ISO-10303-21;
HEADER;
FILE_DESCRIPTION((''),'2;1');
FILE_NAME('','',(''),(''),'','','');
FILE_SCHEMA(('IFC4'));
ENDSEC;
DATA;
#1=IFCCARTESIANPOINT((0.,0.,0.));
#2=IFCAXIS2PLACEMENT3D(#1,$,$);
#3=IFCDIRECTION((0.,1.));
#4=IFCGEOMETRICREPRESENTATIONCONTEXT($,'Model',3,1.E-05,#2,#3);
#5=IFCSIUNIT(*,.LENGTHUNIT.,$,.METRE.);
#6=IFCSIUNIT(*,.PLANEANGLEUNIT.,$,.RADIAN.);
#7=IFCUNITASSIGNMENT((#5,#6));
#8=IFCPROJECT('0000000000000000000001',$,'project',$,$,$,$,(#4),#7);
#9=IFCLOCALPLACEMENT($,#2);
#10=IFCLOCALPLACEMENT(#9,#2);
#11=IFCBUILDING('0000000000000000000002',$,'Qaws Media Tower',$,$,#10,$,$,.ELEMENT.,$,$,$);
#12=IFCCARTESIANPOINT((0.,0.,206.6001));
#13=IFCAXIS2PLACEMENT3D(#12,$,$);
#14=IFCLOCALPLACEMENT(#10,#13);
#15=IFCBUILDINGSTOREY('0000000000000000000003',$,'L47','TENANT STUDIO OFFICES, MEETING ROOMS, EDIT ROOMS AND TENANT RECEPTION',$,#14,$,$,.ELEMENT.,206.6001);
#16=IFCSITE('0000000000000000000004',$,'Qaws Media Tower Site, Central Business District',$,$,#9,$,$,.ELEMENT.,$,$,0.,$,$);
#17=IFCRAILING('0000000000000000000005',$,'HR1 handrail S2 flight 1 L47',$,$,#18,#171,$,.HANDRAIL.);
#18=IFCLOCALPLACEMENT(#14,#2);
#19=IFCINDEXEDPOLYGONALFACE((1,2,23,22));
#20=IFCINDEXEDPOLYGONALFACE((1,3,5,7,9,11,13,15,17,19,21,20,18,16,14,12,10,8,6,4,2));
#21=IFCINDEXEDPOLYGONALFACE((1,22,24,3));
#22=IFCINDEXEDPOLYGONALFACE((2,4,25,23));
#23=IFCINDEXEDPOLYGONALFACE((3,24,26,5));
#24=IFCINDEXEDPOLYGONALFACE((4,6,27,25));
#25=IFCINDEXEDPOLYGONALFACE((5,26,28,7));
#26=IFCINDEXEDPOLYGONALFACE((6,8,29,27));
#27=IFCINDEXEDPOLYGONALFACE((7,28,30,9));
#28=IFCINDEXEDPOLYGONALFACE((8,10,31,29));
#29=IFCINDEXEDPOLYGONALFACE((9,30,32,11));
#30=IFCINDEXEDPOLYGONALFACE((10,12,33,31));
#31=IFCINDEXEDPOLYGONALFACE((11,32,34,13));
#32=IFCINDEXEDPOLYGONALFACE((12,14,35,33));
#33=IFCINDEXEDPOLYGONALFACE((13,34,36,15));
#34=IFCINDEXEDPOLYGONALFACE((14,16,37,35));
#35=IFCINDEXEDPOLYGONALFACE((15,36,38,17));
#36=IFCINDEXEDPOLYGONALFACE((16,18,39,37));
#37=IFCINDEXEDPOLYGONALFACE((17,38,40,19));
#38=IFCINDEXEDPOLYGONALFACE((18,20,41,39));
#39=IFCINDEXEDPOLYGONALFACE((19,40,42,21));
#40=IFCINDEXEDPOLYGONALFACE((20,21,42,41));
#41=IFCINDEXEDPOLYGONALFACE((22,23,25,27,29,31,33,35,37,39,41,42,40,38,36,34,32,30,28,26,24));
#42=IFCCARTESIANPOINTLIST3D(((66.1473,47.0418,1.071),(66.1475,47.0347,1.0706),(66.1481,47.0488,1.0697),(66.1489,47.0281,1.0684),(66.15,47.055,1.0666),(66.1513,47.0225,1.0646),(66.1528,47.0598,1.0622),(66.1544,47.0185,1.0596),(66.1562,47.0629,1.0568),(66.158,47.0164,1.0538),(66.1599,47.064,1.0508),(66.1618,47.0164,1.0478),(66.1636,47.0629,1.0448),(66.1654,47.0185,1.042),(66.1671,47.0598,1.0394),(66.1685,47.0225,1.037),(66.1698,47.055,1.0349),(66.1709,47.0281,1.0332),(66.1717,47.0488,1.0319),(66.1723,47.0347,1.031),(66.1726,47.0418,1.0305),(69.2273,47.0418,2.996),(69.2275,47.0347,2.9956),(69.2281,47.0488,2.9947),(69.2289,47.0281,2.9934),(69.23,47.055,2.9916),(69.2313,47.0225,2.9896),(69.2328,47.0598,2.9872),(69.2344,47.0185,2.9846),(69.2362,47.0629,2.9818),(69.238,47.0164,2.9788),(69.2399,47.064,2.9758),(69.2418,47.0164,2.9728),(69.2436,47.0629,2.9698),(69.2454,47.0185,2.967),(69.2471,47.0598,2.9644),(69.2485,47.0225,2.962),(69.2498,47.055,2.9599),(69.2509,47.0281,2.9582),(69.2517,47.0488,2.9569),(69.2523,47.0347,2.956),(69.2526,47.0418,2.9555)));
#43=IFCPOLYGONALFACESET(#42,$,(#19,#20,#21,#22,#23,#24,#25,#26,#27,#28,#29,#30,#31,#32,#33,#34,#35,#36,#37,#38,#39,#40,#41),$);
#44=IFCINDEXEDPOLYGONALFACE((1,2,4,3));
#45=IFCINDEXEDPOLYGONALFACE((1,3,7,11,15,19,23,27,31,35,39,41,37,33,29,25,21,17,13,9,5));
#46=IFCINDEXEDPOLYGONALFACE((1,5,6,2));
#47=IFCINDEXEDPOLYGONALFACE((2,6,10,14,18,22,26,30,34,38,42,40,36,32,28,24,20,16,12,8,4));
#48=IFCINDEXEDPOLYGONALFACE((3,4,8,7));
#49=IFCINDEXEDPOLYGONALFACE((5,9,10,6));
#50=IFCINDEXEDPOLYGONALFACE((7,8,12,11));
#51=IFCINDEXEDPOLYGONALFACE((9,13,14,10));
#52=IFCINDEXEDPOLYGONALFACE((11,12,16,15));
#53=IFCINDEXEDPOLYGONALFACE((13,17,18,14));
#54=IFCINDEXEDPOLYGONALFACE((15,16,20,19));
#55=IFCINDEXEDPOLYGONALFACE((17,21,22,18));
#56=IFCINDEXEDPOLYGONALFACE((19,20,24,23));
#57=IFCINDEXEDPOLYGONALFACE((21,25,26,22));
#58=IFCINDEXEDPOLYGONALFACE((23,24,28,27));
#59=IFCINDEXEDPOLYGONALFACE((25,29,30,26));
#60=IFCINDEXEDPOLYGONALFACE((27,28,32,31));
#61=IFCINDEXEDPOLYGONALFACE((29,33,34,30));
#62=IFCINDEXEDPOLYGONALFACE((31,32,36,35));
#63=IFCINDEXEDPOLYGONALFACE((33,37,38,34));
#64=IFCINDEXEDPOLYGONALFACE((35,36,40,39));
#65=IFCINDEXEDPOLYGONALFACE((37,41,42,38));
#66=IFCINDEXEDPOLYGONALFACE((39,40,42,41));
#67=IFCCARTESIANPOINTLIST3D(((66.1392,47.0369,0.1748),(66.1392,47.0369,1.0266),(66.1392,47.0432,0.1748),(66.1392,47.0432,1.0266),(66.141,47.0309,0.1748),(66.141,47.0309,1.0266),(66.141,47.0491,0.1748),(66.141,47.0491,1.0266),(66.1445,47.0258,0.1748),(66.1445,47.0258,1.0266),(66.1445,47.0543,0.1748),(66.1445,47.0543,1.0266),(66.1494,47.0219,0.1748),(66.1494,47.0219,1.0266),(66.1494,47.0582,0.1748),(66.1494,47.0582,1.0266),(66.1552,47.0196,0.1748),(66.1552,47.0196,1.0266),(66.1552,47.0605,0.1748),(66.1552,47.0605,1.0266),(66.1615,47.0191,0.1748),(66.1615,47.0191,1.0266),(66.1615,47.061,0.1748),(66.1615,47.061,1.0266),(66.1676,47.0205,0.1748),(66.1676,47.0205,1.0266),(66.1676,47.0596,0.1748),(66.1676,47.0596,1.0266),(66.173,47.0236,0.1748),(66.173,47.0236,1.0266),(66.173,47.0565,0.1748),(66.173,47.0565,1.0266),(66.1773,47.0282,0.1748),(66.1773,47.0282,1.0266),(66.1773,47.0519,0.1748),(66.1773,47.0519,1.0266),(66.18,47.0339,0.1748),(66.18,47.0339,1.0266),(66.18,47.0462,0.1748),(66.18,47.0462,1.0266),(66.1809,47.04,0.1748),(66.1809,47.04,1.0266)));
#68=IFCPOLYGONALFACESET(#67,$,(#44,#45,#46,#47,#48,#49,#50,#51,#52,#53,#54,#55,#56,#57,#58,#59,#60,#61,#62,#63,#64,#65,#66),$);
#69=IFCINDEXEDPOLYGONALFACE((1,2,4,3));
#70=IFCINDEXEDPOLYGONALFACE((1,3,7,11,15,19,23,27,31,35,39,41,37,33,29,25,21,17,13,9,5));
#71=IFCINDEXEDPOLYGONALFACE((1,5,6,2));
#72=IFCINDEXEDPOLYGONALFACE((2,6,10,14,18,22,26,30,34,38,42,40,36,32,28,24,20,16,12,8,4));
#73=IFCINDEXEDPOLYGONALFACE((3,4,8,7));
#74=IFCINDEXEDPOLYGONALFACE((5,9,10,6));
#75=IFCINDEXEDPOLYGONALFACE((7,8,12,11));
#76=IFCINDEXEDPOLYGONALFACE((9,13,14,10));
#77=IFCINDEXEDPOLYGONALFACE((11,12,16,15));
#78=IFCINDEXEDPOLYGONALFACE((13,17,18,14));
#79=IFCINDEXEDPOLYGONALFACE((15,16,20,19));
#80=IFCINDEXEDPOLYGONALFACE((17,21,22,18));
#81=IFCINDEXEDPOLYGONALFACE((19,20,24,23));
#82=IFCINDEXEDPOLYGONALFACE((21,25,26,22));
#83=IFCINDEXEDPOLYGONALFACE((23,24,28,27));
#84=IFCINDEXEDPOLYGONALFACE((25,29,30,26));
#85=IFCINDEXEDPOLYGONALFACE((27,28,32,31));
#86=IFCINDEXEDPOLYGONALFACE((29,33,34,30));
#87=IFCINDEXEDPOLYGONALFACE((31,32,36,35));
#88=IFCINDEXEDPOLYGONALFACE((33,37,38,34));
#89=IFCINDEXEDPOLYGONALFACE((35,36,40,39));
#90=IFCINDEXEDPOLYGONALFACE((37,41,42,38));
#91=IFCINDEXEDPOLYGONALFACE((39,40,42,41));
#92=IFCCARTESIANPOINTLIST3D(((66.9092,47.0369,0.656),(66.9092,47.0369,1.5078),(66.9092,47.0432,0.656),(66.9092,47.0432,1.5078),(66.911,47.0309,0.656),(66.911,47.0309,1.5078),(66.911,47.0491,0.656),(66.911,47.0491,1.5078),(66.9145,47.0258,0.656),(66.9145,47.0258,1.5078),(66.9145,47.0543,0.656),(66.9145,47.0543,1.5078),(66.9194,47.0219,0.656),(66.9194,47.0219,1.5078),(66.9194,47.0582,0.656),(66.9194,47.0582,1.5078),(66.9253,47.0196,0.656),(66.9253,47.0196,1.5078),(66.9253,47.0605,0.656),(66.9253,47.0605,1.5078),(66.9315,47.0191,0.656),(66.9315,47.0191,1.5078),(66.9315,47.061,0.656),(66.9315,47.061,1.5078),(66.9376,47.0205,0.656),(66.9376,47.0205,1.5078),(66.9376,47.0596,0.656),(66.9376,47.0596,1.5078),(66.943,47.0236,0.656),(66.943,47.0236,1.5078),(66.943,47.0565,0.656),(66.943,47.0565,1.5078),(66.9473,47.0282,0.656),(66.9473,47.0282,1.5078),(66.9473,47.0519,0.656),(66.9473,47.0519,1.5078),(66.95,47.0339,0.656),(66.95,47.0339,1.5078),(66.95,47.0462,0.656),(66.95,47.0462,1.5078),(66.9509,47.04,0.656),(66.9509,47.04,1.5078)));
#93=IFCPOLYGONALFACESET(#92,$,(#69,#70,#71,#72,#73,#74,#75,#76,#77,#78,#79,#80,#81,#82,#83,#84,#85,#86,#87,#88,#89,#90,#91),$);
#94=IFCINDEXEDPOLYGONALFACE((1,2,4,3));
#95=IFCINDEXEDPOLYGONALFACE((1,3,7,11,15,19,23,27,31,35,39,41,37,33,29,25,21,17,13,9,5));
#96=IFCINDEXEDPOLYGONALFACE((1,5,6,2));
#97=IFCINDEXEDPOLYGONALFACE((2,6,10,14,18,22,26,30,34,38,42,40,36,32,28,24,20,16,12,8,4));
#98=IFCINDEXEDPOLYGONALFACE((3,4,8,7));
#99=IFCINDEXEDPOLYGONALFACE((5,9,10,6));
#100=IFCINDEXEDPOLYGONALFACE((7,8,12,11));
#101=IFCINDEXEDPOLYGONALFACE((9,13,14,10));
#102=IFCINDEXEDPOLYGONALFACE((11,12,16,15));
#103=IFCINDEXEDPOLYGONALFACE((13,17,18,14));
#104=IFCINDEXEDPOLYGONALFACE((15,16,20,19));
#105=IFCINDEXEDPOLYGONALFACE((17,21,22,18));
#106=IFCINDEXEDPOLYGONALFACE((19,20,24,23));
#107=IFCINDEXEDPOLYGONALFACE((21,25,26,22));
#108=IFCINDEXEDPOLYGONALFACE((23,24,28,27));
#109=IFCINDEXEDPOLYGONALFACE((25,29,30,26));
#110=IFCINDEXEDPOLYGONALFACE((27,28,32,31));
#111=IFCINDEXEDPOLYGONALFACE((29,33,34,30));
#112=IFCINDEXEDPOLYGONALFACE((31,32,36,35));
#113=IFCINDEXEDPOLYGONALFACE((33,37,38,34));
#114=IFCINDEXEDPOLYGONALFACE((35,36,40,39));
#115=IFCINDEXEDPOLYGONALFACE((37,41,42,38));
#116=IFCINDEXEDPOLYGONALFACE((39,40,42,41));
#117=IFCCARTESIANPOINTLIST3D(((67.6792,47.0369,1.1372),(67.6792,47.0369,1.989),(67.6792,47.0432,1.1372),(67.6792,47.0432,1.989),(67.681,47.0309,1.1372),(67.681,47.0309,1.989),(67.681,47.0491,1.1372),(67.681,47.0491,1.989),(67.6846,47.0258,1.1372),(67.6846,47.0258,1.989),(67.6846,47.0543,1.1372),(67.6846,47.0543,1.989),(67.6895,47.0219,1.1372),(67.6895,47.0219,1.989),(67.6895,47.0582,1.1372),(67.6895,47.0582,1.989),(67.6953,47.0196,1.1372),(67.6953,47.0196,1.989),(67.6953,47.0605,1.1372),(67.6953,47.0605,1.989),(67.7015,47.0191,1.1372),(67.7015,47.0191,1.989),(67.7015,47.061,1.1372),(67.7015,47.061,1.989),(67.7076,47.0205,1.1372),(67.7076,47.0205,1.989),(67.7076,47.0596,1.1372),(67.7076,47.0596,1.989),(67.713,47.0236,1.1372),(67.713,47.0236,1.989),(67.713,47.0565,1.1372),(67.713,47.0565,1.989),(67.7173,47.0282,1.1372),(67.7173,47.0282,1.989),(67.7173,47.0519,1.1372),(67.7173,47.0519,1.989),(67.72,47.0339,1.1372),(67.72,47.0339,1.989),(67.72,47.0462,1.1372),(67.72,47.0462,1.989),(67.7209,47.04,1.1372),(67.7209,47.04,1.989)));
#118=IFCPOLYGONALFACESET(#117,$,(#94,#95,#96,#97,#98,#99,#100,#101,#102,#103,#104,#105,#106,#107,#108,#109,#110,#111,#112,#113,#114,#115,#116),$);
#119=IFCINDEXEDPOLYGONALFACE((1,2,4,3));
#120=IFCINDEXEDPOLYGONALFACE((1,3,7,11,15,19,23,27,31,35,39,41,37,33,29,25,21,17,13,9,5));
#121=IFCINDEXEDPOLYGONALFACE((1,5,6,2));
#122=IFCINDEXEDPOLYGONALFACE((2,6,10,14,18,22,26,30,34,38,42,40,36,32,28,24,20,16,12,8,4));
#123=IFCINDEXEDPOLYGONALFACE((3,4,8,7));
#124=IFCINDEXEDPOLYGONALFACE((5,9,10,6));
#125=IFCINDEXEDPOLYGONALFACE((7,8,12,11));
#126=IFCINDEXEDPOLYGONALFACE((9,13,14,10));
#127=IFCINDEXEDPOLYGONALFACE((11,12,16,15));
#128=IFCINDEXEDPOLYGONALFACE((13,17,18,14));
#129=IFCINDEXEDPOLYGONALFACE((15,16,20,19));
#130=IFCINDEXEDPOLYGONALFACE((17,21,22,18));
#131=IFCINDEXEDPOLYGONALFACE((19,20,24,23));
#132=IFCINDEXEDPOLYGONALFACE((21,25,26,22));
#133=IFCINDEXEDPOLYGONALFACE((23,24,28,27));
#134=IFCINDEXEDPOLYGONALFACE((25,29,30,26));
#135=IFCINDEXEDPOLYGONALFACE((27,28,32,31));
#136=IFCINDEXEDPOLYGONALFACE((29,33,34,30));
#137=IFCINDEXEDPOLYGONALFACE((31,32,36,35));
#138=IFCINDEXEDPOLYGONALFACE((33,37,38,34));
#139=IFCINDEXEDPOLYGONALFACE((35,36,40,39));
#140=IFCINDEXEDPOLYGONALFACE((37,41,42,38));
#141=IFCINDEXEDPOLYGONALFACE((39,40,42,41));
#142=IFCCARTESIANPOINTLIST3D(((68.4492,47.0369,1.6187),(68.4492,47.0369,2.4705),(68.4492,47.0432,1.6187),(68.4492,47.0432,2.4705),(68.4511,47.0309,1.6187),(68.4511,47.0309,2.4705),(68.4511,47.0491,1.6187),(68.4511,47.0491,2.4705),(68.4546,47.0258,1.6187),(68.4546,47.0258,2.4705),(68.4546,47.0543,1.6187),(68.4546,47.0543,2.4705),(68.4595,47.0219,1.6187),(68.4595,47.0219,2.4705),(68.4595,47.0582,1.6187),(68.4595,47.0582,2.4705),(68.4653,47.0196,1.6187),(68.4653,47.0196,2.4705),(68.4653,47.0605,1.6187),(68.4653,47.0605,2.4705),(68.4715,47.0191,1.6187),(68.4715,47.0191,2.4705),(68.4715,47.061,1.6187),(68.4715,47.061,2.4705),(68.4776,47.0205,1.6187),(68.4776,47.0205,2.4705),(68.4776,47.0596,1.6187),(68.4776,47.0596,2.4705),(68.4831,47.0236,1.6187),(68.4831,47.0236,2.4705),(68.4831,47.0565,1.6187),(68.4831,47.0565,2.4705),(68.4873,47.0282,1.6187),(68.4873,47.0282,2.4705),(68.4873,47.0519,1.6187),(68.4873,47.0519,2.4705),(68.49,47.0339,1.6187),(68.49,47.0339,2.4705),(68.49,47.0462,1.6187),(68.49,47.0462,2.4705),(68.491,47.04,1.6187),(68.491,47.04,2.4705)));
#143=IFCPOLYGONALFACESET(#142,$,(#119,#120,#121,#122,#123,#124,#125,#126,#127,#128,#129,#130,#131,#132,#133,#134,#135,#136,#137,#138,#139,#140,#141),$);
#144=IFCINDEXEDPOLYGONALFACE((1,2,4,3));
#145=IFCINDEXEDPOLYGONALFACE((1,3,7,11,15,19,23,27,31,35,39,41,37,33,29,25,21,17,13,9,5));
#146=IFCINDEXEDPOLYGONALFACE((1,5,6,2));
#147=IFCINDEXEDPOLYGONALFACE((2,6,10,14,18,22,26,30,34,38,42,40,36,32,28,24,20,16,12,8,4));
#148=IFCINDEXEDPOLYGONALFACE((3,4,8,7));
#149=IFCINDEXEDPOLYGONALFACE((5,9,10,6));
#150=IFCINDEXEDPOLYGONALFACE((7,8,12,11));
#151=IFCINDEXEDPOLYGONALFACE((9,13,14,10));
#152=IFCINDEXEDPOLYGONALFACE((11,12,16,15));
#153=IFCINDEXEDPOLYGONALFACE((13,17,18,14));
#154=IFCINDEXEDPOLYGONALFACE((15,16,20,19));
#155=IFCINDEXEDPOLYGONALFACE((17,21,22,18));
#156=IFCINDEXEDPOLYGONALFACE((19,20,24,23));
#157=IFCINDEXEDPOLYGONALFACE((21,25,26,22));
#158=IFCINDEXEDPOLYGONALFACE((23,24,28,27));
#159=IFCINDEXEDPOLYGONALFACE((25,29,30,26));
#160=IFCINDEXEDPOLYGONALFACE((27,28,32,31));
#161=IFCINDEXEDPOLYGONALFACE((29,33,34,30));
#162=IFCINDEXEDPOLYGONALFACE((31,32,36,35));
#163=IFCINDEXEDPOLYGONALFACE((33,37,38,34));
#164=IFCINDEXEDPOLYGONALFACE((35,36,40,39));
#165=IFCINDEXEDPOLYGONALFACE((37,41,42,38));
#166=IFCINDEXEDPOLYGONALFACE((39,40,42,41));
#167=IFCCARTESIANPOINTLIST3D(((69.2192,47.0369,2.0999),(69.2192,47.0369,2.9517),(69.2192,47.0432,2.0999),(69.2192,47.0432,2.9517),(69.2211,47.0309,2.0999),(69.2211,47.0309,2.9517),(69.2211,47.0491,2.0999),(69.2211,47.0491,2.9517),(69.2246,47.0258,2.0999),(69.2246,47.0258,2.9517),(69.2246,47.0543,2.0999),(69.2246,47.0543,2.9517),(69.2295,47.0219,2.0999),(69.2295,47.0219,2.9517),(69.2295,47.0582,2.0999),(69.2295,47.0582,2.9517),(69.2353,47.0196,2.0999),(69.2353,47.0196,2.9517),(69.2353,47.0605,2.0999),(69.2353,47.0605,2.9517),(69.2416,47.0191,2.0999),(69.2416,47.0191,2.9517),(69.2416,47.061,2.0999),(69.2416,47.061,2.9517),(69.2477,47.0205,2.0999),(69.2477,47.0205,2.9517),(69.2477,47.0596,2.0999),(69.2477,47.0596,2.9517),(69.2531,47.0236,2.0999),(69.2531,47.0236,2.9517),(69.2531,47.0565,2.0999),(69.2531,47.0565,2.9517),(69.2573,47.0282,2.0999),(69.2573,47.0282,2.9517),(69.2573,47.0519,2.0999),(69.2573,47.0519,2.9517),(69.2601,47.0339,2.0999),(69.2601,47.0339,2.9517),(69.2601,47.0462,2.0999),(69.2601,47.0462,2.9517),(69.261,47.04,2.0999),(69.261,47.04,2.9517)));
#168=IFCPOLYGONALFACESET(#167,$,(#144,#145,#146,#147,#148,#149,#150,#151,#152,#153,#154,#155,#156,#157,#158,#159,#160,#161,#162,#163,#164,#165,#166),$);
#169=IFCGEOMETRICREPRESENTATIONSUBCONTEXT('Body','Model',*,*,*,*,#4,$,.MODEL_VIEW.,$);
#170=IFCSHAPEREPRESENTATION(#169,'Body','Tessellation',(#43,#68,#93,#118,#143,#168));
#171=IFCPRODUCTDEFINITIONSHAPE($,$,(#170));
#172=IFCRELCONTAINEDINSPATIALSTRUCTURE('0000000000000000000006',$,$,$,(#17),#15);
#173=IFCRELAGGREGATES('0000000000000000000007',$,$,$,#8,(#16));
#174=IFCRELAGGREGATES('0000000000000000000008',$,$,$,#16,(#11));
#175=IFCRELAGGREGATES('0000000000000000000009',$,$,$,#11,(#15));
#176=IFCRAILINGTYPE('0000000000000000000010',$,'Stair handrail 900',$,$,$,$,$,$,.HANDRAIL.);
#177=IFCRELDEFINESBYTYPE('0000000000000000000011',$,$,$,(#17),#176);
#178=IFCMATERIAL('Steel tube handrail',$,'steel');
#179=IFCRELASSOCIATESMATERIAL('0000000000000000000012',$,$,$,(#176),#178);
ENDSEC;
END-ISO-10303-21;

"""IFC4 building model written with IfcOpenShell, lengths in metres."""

from ifc_helpers import new_model, si_unit, direction, frame, origin, origin_2d, place, context, subcontext, project, spatial, circle, extrude, material, type_object, element, save


model = new_model("IFC4")

# Units and contexts
model_context = context("Model", 3, precision=1e-05, world=origin(), true_north=direction((0.0, 1.0)))
body_context = subcontext(model_context, "Body", "Model", "MODEL_VIEW")
ifc_project = project(units=[si_unit("LENGTHUNIT", "METRE"), si_unit("PLANEANGLEUNIT", "RADIAN")], contexts=[model_context])

# Site, building, storey
site_placement = place(None, origin())
site = spatial("IfcSite", under=ifc_project, at=site_placement, Name="Qaws Media Tower Site, Central Business District", CompositionType="ELEMENT", RefElevation=0.0)
building_placement = place(site_placement, origin())
building = spatial("IfcBuilding", under=site, at=building_placement, Name="Qaws Media Tower", CompositionType="ELEMENT")
storey_placement = place(building_placement, frame((0.0, 0.0, 206.6001)))
storey = spatial("IfcBuildingStorey", under=building, at=storey_placement, Name="L47", Description="TENANT STUDIO OFFICES, MEETING ROOMS, EDIT ROOMS AND TENANT RECEPTION", CompositionType="ELEMENT", Elevation=206.6001)

# Railing
ifc_material_1 = material(Name="Steel tube handrail", Category="steel")
railing_type = type_object("IfcRailingType", Name="Stair handrail 900", PredefinedType="HANDRAIL", material=ifc_material_1)
railing_placement = place(storey_placement, frame((66.1599, 47.04, 0.1748)))
element("IfcRailing", 1, at=railing_placement, inside=storey, type_object=railing_type, Name="HR1 handrail S2 flight 1 L47", PredefinedType="HANDRAIL", context=body_context, shape_type="SweptSolid", body=[
    extrude(circle(Radius=0.0239, at=origin_2d()), frame((0.0, 0.0, 0.876), z_axis=(0.847998, 0.0, 0.529999), x_axis=(0.0, 1.0, 0.0)), (0.0, 0.0, 1.0), 3.6321),
    extrude(circle(Radius=0.021, at=origin_2d()), origin(), (0.0, 0.0, 1.0), 0.8518),
    extrude(circle(Radius=0.021, at=origin_2d()), frame((0.77, 0.0, 0.4812)), (0.0, 0.0, 1.0), 0.8518),
    extrude(circle(Radius=0.021, at=origin_2d()), frame((1.54, 0.0, 0.9624)), (0.0, 0.0, 1.0), 0.8518),
    extrude(circle(Radius=0.021, at=origin_2d()), frame((2.3101, 0.0, 1.4438)), (0.0, 0.0, 1.0), 0.8518),
    extrude(circle(Radius=0.021, at=origin_2d()), frame((3.0801, 0.0, 1.925)), (0.0, 0.0, 1.0), 0.8518),
])

save(model, "model.ifc")
